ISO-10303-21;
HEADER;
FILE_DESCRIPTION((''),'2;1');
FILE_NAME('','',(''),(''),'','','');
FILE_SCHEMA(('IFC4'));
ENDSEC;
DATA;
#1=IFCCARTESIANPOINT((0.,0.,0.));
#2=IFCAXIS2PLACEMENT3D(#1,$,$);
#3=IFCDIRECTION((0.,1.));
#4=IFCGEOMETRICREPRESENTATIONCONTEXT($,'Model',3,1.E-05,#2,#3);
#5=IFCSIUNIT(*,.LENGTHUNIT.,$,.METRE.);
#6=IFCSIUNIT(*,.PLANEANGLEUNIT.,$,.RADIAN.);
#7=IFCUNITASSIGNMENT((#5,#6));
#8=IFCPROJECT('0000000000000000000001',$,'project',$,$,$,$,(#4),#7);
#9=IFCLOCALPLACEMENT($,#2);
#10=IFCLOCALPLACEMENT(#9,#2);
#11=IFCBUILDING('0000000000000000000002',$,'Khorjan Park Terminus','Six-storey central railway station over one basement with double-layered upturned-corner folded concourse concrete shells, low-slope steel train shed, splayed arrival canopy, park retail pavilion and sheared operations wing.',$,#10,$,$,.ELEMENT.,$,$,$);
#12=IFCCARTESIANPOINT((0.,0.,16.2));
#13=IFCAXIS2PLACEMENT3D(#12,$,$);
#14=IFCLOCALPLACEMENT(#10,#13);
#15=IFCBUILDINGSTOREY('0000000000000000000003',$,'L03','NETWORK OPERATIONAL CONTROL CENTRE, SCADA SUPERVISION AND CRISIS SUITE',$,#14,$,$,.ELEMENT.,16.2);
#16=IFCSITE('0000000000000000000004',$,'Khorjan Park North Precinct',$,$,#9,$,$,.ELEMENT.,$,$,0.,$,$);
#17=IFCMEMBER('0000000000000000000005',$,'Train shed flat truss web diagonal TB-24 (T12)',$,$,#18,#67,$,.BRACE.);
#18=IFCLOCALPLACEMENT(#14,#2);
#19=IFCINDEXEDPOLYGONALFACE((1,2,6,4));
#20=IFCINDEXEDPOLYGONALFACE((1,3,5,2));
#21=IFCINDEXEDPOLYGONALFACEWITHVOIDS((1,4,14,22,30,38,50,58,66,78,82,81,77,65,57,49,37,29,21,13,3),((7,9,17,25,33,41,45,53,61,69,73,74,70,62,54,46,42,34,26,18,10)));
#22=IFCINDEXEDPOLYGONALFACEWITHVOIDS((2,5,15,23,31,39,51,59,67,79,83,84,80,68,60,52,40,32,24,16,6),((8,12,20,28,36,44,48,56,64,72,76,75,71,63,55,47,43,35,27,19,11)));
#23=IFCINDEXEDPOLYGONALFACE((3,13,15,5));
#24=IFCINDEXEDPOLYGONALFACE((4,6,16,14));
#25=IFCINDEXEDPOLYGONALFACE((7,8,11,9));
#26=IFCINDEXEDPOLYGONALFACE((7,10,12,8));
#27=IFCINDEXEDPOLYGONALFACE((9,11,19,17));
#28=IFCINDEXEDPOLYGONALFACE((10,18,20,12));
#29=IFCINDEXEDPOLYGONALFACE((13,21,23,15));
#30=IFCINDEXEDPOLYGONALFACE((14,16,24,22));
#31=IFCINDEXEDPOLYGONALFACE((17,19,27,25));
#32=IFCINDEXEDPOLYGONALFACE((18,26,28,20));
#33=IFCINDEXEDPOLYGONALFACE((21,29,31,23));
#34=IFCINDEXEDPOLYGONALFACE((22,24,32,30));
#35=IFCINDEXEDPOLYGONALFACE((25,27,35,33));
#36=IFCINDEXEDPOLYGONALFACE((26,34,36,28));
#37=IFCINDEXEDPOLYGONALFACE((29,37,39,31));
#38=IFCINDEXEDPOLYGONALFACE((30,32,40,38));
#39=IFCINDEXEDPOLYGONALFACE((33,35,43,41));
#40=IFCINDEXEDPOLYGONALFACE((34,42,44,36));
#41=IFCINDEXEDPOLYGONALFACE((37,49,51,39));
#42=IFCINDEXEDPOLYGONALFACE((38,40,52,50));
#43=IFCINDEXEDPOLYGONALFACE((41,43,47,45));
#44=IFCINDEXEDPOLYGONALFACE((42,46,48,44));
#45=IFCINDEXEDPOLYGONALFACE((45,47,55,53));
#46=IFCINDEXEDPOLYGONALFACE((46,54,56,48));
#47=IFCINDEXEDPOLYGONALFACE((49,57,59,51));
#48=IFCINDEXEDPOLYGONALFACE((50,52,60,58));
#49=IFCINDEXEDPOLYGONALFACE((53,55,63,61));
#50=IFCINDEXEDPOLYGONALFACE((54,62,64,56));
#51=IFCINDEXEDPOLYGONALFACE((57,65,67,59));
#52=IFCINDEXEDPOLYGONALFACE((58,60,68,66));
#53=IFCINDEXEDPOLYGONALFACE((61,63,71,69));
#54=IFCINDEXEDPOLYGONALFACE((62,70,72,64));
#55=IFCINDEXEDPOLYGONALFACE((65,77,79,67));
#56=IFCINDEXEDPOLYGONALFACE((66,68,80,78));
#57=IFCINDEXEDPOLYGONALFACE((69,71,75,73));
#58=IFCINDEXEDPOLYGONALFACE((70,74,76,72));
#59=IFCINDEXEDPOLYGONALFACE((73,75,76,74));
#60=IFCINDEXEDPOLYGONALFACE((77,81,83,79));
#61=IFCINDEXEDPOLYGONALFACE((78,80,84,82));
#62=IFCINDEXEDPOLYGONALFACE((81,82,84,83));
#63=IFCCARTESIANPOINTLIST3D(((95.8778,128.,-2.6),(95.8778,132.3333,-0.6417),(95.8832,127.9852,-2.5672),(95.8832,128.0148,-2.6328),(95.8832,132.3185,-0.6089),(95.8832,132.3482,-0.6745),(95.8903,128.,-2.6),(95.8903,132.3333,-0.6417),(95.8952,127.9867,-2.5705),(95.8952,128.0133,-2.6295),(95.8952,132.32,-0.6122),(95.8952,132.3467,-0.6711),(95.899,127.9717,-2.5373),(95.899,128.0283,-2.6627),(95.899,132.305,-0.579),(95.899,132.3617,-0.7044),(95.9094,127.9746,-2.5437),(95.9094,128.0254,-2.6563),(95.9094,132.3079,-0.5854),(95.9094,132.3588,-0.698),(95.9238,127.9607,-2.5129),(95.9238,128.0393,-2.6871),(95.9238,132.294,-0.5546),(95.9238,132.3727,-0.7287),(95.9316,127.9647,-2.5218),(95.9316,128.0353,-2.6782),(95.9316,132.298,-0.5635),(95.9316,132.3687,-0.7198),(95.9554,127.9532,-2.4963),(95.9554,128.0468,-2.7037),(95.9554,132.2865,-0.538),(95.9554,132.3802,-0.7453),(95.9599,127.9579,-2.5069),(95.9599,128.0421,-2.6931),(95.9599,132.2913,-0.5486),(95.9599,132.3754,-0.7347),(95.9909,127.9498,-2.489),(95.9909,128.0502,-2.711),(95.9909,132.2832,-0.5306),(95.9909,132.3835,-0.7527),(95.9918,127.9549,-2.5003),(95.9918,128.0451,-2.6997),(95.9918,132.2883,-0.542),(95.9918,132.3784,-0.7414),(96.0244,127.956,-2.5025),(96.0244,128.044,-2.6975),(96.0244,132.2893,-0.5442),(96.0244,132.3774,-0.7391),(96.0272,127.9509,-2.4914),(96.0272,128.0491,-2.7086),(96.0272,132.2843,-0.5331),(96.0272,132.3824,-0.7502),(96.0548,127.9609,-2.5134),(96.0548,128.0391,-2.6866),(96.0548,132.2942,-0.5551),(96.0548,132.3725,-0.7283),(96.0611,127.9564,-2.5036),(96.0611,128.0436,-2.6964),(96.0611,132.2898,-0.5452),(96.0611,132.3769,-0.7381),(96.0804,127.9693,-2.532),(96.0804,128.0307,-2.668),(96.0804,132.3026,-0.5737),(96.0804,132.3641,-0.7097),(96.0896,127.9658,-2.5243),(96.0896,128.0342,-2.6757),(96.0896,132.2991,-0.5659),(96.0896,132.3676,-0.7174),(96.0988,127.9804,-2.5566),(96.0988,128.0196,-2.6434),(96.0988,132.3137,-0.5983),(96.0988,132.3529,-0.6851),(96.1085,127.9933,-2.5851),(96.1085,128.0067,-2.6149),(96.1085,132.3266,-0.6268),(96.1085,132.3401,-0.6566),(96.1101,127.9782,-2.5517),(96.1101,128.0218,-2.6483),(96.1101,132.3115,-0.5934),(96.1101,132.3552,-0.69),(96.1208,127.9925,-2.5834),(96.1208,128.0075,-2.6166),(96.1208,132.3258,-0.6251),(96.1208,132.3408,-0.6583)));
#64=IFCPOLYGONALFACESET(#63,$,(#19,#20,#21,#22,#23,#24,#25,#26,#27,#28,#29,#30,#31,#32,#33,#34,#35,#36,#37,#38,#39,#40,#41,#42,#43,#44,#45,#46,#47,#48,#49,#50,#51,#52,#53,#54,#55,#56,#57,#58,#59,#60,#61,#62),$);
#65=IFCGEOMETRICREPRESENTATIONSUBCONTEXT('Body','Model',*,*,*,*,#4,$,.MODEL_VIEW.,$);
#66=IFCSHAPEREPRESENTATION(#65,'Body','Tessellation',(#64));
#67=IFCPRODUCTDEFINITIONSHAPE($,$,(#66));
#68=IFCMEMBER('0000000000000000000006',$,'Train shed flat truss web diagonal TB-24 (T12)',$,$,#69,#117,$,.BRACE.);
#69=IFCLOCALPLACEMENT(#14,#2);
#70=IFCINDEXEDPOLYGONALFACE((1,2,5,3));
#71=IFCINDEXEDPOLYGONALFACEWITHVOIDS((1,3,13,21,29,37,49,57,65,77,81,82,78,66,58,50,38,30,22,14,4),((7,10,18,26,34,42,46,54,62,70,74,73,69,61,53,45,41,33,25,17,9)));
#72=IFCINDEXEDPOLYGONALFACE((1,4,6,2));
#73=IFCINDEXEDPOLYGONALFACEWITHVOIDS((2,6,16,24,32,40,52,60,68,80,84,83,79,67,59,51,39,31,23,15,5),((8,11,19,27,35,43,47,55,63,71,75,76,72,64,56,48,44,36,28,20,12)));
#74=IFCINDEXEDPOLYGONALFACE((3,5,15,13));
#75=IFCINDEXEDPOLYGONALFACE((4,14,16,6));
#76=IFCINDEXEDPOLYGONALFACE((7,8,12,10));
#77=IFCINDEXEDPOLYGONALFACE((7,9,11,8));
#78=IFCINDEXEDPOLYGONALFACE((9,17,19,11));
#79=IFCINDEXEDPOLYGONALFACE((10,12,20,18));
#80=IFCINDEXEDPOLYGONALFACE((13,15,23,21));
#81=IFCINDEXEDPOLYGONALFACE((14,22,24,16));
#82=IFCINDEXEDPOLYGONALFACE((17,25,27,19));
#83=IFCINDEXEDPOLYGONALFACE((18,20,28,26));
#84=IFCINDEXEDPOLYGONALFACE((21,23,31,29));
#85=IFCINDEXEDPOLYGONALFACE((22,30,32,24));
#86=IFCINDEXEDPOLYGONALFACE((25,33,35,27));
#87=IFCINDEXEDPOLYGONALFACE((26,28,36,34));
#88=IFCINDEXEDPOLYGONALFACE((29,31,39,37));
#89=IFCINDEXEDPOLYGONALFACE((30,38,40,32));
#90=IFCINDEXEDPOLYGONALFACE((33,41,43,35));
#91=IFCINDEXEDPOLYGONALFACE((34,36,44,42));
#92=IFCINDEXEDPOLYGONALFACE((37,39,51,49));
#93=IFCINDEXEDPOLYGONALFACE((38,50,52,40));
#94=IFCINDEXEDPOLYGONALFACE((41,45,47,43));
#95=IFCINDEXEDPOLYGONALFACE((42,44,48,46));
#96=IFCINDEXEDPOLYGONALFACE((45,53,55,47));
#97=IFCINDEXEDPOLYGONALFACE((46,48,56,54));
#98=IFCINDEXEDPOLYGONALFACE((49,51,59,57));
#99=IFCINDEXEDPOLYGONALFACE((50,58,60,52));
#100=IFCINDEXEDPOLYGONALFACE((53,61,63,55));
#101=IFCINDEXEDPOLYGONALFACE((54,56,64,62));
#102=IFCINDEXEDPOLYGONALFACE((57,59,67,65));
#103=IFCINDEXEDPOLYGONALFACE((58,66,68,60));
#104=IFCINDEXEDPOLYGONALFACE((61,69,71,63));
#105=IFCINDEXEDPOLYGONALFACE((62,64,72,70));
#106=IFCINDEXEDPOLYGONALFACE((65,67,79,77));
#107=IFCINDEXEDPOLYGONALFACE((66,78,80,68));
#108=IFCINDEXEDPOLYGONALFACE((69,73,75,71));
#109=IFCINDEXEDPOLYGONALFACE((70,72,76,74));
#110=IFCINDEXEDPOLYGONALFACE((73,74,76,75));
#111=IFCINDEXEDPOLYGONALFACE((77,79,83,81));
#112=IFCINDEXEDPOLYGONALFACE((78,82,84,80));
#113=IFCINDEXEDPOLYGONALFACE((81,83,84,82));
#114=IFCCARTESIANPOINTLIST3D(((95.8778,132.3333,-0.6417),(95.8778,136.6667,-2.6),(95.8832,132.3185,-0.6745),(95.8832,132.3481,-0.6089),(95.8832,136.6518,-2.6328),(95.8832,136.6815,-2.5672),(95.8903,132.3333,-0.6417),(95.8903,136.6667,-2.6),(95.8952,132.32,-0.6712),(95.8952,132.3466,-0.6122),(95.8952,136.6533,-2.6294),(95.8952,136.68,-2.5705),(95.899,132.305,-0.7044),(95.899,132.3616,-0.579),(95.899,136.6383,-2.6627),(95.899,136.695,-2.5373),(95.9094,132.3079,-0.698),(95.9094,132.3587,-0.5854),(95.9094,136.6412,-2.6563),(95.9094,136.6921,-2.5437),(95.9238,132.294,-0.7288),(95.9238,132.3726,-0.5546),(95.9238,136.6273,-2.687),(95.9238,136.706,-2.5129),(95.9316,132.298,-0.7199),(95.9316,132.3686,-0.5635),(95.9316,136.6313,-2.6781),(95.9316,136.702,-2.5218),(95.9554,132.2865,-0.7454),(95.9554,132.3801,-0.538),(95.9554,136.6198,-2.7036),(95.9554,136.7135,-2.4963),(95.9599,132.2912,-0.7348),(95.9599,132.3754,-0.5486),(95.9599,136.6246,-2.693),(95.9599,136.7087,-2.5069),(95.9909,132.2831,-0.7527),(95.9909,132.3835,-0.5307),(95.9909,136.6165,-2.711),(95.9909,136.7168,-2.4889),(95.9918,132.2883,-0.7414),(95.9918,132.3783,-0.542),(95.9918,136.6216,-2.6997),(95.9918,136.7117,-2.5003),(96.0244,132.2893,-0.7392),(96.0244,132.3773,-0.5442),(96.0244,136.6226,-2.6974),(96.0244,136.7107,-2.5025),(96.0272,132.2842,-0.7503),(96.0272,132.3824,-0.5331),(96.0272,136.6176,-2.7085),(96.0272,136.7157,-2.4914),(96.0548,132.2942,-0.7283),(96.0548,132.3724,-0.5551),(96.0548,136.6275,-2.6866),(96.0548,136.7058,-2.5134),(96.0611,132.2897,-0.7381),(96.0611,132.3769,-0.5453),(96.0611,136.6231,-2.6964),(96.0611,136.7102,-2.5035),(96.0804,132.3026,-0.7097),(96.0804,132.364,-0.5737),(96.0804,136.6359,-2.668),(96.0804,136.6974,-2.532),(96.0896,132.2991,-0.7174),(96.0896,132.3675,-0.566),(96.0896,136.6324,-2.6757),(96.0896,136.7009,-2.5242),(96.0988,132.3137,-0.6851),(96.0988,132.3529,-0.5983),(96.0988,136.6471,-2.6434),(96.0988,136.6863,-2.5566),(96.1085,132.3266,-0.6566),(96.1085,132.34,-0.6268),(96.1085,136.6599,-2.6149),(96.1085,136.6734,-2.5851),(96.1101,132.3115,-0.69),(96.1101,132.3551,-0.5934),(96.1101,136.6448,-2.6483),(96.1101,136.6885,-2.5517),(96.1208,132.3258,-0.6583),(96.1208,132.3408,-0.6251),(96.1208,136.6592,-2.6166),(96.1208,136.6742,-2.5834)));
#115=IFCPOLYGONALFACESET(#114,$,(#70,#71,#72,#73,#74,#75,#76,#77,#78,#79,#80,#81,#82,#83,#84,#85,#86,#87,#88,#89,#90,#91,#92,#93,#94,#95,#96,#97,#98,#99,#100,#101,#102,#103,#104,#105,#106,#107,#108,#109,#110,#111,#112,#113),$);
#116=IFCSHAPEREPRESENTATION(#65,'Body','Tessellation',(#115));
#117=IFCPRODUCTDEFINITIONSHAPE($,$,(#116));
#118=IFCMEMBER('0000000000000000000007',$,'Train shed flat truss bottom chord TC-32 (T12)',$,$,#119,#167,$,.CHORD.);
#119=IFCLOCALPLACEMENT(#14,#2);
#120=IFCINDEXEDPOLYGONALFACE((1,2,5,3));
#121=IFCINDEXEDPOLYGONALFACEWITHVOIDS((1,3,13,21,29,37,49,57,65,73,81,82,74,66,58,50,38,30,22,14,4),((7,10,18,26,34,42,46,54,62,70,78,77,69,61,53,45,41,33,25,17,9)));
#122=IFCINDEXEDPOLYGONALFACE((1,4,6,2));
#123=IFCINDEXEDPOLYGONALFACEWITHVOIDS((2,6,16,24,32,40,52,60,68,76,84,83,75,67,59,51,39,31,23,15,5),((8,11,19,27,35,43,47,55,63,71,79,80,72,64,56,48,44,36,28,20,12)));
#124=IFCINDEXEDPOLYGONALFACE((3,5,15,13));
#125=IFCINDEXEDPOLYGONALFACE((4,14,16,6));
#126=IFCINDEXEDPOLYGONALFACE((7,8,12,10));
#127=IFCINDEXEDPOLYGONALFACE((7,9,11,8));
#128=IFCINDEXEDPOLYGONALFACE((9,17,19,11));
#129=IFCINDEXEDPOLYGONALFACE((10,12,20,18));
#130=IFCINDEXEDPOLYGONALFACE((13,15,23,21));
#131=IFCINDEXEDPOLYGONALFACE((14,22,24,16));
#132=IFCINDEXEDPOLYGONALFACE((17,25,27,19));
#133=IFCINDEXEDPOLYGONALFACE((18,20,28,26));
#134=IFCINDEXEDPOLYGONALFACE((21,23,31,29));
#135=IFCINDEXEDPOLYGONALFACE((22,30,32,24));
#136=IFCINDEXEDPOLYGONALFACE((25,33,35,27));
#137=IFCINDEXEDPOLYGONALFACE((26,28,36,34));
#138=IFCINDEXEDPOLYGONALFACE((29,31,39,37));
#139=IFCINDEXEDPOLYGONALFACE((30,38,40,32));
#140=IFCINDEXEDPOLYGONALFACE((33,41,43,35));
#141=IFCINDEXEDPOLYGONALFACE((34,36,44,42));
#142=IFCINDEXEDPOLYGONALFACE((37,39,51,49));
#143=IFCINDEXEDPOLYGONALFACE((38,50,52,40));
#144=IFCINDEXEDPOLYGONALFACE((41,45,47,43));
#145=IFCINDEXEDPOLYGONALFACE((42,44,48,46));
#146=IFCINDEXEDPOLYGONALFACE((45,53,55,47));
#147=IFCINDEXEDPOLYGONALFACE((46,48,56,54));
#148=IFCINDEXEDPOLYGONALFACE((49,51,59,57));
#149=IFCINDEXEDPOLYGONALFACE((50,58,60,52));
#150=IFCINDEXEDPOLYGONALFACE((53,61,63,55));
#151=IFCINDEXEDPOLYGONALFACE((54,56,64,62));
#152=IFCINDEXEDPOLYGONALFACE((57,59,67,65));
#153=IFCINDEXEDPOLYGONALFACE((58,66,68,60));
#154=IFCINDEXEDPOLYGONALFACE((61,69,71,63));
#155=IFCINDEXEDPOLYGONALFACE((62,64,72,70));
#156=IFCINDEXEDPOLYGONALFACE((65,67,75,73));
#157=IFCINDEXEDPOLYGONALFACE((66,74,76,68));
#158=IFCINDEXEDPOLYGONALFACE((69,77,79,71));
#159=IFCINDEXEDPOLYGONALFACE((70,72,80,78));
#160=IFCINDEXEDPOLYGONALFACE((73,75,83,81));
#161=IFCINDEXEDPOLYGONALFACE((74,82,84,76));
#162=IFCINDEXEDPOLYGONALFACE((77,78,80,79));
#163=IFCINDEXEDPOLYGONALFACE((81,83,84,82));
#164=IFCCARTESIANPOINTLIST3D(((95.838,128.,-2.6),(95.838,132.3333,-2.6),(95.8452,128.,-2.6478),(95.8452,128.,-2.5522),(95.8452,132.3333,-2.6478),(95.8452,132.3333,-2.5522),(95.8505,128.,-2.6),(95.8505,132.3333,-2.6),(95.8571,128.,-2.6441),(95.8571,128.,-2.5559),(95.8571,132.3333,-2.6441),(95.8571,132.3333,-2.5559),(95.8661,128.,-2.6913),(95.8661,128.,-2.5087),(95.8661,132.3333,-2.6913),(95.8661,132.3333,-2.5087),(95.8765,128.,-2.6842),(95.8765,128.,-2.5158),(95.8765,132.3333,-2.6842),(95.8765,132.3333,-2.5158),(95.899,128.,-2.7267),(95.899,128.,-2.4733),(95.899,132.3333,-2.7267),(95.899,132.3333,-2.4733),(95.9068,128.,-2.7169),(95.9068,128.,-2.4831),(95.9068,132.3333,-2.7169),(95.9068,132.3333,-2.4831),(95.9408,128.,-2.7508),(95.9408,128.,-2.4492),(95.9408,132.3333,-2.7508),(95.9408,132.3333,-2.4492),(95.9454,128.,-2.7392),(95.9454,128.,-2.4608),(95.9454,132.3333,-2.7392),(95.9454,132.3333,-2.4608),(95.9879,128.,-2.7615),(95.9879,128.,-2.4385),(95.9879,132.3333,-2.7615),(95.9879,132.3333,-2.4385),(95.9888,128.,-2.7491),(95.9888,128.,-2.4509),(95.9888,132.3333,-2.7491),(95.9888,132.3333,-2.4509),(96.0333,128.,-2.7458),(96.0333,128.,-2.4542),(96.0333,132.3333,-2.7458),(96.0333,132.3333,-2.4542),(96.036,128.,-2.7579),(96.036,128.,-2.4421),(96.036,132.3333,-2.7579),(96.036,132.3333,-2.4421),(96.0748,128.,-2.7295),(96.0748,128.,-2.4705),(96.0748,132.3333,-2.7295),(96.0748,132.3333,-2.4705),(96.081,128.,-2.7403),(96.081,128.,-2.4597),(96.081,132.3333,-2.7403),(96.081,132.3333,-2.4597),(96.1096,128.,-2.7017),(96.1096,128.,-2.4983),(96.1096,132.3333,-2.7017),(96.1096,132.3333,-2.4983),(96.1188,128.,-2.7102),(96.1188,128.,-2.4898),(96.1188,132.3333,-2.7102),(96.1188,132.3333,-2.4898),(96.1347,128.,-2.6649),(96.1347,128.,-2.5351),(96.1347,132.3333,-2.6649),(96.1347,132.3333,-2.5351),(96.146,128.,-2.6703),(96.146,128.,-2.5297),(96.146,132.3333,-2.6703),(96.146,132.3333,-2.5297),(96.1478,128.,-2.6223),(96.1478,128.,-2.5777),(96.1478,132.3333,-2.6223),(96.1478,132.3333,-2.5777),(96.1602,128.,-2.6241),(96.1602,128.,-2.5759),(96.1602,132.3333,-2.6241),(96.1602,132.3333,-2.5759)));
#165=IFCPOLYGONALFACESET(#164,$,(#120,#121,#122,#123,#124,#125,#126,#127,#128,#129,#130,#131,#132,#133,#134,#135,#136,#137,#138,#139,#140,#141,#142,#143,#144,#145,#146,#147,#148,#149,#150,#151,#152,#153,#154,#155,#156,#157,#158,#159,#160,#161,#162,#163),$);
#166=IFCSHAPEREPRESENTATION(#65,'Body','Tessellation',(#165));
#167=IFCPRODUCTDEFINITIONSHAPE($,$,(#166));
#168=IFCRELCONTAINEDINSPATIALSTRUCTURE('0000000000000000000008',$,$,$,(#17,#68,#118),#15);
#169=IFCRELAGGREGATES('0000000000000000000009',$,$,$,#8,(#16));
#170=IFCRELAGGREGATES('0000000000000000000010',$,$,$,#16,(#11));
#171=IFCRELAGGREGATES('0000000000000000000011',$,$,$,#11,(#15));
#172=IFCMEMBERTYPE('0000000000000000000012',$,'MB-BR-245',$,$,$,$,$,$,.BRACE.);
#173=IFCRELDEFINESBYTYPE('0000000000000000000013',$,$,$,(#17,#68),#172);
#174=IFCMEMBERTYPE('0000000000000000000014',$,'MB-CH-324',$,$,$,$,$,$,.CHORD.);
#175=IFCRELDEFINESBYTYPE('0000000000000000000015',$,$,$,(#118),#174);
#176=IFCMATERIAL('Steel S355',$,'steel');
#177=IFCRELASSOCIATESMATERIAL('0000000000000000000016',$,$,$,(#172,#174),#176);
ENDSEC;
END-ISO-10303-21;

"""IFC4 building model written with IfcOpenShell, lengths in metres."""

from ifc_helpers import new_model, si_unit, direction, frame, origin, origin_2d, place, context, subcontext, project, spatial, hollow_circle, extrude, material, material_profile, profile_set, type_object, element, save


model = new_model("IFC4")

# Units and contexts
model_context = context("Model", 3, precision=1e-05, world=origin(), true_north=direction((0.0, 1.0)))
body_context = subcontext(model_context, "Body", "Model", "MODEL_VIEW")
ifc_project = project(units=[si_unit("LENGTHUNIT", "METRE"), si_unit("PLANEANGLEUNIT", "RADIAN")], contexts=[model_context])

# Site, building, storey
site_placement = place(None, origin())
site = spatial("IfcSite", under=ifc_project, at=site_placement, Name="Khorjan Park North Precinct", CompositionType="ELEMENT", RefElevation=0.0)
building_placement = place(site_placement, origin())
building = spatial("IfcBuilding", under=site, at=building_placement, Name="Khorjan Park Terminus", Description="Six-storey central railway station over one basement with double-layered upturned-corner folded concourse concrete shells, low-slope steel train shed, splayed arrival canopy, park retail pavilion and sheared operations wing.", CompositionType="ELEMENT")
storey_placement = place(building_placement, frame((0.0, 0.0, 16.2)))
storey = spatial("IfcBuildingStorey", under=building, at=storey_placement, Name="L03", Description="NETWORK OPERATIONAL CONTROL CENTRE, SCADA SUPERVISION AND CRISIS SUITE", CompositionType="ELEMENT", Elevation=16.2)

# Members
ifc_material_1 = material(Name="Steel S355", Category="steel")
ifc_material_profile_1 = material_profile(ifc_material_1, hollow_circle(Radius=0.1222, WallThickness=0.0125, at=origin_2d()), Name="CHS 244.5x12.5")
ifc_profile_set_1 = profile_set([ifc_material_profile_1], Name="Steel S355")
member_type_1 = type_object("IfcMemberType", Name="MB-BR-245", PredefinedType="BRACE", material=ifc_profile_set_1)
for number, where, z_axis, x_axis, name in (
    (1, (96.0, 128.0, -2.6), (0.0, 0.911266, 0.411818), (-1.0, 0.0, 0.0), "Train shed flat truss web diagonal TB-24 (T12)"),
    (2, (96.0, 132.3333, -0.6417), (0.0, 0.91127, -0.41181), (-1.0, 0.0, 0.0), "Train shed flat truss web diagonal TB-24 (T12)"),
):
    element("IfcMember", number, at=place(storey_placement, frame(where, z_axis=z_axis, x_axis=x_axis)), inside=storey, type_object=member_type_1, Name=name, PredefinedType="BRACE", context=body_context, shape_type="SweptSolid", body=[
        extrude(hollow_circle(Radius=0.1222, WallThickness=0.0125, at=origin_2d()), origin(), (0.0, 0.0, 1.0), 4.7553),
    ])
ifc_material_profile_2 = material_profile(ifc_material_1, hollow_circle(Radius=0.162, WallThickness=0.0125, at=origin_2d()), Name="CHS 323.9x12.5")
ifc_profile_set_2 = profile_set([ifc_material_profile_2], Name="Steel S355")
member_type_2 = type_object("IfcMemberType", Name="MB-CH-324", PredefinedType="CHORD", material=ifc_profile_set_2)
member_1_placement = place(storey_placement, frame((96.0, 128.0, -2.6), z_axis=(0.0, 1.0, 0.0), x_axis=(-1.0, 0.0, 0.0)))
element("IfcMember", 3, at=member_1_placement, inside=storey, type_object=member_type_2, Name="Train shed flat truss bottom chord TC-32 (T12)", PredefinedType="CHORD", context=body_context, shape_type="SweptSolid", body=[
    extrude(hollow_circle(Radius=0.162, WallThickness=0.0125, at=origin_2d()), origin(), (0.0, 0.0, 1.0), 4.3333),
])

save(model, "model.ifc")
